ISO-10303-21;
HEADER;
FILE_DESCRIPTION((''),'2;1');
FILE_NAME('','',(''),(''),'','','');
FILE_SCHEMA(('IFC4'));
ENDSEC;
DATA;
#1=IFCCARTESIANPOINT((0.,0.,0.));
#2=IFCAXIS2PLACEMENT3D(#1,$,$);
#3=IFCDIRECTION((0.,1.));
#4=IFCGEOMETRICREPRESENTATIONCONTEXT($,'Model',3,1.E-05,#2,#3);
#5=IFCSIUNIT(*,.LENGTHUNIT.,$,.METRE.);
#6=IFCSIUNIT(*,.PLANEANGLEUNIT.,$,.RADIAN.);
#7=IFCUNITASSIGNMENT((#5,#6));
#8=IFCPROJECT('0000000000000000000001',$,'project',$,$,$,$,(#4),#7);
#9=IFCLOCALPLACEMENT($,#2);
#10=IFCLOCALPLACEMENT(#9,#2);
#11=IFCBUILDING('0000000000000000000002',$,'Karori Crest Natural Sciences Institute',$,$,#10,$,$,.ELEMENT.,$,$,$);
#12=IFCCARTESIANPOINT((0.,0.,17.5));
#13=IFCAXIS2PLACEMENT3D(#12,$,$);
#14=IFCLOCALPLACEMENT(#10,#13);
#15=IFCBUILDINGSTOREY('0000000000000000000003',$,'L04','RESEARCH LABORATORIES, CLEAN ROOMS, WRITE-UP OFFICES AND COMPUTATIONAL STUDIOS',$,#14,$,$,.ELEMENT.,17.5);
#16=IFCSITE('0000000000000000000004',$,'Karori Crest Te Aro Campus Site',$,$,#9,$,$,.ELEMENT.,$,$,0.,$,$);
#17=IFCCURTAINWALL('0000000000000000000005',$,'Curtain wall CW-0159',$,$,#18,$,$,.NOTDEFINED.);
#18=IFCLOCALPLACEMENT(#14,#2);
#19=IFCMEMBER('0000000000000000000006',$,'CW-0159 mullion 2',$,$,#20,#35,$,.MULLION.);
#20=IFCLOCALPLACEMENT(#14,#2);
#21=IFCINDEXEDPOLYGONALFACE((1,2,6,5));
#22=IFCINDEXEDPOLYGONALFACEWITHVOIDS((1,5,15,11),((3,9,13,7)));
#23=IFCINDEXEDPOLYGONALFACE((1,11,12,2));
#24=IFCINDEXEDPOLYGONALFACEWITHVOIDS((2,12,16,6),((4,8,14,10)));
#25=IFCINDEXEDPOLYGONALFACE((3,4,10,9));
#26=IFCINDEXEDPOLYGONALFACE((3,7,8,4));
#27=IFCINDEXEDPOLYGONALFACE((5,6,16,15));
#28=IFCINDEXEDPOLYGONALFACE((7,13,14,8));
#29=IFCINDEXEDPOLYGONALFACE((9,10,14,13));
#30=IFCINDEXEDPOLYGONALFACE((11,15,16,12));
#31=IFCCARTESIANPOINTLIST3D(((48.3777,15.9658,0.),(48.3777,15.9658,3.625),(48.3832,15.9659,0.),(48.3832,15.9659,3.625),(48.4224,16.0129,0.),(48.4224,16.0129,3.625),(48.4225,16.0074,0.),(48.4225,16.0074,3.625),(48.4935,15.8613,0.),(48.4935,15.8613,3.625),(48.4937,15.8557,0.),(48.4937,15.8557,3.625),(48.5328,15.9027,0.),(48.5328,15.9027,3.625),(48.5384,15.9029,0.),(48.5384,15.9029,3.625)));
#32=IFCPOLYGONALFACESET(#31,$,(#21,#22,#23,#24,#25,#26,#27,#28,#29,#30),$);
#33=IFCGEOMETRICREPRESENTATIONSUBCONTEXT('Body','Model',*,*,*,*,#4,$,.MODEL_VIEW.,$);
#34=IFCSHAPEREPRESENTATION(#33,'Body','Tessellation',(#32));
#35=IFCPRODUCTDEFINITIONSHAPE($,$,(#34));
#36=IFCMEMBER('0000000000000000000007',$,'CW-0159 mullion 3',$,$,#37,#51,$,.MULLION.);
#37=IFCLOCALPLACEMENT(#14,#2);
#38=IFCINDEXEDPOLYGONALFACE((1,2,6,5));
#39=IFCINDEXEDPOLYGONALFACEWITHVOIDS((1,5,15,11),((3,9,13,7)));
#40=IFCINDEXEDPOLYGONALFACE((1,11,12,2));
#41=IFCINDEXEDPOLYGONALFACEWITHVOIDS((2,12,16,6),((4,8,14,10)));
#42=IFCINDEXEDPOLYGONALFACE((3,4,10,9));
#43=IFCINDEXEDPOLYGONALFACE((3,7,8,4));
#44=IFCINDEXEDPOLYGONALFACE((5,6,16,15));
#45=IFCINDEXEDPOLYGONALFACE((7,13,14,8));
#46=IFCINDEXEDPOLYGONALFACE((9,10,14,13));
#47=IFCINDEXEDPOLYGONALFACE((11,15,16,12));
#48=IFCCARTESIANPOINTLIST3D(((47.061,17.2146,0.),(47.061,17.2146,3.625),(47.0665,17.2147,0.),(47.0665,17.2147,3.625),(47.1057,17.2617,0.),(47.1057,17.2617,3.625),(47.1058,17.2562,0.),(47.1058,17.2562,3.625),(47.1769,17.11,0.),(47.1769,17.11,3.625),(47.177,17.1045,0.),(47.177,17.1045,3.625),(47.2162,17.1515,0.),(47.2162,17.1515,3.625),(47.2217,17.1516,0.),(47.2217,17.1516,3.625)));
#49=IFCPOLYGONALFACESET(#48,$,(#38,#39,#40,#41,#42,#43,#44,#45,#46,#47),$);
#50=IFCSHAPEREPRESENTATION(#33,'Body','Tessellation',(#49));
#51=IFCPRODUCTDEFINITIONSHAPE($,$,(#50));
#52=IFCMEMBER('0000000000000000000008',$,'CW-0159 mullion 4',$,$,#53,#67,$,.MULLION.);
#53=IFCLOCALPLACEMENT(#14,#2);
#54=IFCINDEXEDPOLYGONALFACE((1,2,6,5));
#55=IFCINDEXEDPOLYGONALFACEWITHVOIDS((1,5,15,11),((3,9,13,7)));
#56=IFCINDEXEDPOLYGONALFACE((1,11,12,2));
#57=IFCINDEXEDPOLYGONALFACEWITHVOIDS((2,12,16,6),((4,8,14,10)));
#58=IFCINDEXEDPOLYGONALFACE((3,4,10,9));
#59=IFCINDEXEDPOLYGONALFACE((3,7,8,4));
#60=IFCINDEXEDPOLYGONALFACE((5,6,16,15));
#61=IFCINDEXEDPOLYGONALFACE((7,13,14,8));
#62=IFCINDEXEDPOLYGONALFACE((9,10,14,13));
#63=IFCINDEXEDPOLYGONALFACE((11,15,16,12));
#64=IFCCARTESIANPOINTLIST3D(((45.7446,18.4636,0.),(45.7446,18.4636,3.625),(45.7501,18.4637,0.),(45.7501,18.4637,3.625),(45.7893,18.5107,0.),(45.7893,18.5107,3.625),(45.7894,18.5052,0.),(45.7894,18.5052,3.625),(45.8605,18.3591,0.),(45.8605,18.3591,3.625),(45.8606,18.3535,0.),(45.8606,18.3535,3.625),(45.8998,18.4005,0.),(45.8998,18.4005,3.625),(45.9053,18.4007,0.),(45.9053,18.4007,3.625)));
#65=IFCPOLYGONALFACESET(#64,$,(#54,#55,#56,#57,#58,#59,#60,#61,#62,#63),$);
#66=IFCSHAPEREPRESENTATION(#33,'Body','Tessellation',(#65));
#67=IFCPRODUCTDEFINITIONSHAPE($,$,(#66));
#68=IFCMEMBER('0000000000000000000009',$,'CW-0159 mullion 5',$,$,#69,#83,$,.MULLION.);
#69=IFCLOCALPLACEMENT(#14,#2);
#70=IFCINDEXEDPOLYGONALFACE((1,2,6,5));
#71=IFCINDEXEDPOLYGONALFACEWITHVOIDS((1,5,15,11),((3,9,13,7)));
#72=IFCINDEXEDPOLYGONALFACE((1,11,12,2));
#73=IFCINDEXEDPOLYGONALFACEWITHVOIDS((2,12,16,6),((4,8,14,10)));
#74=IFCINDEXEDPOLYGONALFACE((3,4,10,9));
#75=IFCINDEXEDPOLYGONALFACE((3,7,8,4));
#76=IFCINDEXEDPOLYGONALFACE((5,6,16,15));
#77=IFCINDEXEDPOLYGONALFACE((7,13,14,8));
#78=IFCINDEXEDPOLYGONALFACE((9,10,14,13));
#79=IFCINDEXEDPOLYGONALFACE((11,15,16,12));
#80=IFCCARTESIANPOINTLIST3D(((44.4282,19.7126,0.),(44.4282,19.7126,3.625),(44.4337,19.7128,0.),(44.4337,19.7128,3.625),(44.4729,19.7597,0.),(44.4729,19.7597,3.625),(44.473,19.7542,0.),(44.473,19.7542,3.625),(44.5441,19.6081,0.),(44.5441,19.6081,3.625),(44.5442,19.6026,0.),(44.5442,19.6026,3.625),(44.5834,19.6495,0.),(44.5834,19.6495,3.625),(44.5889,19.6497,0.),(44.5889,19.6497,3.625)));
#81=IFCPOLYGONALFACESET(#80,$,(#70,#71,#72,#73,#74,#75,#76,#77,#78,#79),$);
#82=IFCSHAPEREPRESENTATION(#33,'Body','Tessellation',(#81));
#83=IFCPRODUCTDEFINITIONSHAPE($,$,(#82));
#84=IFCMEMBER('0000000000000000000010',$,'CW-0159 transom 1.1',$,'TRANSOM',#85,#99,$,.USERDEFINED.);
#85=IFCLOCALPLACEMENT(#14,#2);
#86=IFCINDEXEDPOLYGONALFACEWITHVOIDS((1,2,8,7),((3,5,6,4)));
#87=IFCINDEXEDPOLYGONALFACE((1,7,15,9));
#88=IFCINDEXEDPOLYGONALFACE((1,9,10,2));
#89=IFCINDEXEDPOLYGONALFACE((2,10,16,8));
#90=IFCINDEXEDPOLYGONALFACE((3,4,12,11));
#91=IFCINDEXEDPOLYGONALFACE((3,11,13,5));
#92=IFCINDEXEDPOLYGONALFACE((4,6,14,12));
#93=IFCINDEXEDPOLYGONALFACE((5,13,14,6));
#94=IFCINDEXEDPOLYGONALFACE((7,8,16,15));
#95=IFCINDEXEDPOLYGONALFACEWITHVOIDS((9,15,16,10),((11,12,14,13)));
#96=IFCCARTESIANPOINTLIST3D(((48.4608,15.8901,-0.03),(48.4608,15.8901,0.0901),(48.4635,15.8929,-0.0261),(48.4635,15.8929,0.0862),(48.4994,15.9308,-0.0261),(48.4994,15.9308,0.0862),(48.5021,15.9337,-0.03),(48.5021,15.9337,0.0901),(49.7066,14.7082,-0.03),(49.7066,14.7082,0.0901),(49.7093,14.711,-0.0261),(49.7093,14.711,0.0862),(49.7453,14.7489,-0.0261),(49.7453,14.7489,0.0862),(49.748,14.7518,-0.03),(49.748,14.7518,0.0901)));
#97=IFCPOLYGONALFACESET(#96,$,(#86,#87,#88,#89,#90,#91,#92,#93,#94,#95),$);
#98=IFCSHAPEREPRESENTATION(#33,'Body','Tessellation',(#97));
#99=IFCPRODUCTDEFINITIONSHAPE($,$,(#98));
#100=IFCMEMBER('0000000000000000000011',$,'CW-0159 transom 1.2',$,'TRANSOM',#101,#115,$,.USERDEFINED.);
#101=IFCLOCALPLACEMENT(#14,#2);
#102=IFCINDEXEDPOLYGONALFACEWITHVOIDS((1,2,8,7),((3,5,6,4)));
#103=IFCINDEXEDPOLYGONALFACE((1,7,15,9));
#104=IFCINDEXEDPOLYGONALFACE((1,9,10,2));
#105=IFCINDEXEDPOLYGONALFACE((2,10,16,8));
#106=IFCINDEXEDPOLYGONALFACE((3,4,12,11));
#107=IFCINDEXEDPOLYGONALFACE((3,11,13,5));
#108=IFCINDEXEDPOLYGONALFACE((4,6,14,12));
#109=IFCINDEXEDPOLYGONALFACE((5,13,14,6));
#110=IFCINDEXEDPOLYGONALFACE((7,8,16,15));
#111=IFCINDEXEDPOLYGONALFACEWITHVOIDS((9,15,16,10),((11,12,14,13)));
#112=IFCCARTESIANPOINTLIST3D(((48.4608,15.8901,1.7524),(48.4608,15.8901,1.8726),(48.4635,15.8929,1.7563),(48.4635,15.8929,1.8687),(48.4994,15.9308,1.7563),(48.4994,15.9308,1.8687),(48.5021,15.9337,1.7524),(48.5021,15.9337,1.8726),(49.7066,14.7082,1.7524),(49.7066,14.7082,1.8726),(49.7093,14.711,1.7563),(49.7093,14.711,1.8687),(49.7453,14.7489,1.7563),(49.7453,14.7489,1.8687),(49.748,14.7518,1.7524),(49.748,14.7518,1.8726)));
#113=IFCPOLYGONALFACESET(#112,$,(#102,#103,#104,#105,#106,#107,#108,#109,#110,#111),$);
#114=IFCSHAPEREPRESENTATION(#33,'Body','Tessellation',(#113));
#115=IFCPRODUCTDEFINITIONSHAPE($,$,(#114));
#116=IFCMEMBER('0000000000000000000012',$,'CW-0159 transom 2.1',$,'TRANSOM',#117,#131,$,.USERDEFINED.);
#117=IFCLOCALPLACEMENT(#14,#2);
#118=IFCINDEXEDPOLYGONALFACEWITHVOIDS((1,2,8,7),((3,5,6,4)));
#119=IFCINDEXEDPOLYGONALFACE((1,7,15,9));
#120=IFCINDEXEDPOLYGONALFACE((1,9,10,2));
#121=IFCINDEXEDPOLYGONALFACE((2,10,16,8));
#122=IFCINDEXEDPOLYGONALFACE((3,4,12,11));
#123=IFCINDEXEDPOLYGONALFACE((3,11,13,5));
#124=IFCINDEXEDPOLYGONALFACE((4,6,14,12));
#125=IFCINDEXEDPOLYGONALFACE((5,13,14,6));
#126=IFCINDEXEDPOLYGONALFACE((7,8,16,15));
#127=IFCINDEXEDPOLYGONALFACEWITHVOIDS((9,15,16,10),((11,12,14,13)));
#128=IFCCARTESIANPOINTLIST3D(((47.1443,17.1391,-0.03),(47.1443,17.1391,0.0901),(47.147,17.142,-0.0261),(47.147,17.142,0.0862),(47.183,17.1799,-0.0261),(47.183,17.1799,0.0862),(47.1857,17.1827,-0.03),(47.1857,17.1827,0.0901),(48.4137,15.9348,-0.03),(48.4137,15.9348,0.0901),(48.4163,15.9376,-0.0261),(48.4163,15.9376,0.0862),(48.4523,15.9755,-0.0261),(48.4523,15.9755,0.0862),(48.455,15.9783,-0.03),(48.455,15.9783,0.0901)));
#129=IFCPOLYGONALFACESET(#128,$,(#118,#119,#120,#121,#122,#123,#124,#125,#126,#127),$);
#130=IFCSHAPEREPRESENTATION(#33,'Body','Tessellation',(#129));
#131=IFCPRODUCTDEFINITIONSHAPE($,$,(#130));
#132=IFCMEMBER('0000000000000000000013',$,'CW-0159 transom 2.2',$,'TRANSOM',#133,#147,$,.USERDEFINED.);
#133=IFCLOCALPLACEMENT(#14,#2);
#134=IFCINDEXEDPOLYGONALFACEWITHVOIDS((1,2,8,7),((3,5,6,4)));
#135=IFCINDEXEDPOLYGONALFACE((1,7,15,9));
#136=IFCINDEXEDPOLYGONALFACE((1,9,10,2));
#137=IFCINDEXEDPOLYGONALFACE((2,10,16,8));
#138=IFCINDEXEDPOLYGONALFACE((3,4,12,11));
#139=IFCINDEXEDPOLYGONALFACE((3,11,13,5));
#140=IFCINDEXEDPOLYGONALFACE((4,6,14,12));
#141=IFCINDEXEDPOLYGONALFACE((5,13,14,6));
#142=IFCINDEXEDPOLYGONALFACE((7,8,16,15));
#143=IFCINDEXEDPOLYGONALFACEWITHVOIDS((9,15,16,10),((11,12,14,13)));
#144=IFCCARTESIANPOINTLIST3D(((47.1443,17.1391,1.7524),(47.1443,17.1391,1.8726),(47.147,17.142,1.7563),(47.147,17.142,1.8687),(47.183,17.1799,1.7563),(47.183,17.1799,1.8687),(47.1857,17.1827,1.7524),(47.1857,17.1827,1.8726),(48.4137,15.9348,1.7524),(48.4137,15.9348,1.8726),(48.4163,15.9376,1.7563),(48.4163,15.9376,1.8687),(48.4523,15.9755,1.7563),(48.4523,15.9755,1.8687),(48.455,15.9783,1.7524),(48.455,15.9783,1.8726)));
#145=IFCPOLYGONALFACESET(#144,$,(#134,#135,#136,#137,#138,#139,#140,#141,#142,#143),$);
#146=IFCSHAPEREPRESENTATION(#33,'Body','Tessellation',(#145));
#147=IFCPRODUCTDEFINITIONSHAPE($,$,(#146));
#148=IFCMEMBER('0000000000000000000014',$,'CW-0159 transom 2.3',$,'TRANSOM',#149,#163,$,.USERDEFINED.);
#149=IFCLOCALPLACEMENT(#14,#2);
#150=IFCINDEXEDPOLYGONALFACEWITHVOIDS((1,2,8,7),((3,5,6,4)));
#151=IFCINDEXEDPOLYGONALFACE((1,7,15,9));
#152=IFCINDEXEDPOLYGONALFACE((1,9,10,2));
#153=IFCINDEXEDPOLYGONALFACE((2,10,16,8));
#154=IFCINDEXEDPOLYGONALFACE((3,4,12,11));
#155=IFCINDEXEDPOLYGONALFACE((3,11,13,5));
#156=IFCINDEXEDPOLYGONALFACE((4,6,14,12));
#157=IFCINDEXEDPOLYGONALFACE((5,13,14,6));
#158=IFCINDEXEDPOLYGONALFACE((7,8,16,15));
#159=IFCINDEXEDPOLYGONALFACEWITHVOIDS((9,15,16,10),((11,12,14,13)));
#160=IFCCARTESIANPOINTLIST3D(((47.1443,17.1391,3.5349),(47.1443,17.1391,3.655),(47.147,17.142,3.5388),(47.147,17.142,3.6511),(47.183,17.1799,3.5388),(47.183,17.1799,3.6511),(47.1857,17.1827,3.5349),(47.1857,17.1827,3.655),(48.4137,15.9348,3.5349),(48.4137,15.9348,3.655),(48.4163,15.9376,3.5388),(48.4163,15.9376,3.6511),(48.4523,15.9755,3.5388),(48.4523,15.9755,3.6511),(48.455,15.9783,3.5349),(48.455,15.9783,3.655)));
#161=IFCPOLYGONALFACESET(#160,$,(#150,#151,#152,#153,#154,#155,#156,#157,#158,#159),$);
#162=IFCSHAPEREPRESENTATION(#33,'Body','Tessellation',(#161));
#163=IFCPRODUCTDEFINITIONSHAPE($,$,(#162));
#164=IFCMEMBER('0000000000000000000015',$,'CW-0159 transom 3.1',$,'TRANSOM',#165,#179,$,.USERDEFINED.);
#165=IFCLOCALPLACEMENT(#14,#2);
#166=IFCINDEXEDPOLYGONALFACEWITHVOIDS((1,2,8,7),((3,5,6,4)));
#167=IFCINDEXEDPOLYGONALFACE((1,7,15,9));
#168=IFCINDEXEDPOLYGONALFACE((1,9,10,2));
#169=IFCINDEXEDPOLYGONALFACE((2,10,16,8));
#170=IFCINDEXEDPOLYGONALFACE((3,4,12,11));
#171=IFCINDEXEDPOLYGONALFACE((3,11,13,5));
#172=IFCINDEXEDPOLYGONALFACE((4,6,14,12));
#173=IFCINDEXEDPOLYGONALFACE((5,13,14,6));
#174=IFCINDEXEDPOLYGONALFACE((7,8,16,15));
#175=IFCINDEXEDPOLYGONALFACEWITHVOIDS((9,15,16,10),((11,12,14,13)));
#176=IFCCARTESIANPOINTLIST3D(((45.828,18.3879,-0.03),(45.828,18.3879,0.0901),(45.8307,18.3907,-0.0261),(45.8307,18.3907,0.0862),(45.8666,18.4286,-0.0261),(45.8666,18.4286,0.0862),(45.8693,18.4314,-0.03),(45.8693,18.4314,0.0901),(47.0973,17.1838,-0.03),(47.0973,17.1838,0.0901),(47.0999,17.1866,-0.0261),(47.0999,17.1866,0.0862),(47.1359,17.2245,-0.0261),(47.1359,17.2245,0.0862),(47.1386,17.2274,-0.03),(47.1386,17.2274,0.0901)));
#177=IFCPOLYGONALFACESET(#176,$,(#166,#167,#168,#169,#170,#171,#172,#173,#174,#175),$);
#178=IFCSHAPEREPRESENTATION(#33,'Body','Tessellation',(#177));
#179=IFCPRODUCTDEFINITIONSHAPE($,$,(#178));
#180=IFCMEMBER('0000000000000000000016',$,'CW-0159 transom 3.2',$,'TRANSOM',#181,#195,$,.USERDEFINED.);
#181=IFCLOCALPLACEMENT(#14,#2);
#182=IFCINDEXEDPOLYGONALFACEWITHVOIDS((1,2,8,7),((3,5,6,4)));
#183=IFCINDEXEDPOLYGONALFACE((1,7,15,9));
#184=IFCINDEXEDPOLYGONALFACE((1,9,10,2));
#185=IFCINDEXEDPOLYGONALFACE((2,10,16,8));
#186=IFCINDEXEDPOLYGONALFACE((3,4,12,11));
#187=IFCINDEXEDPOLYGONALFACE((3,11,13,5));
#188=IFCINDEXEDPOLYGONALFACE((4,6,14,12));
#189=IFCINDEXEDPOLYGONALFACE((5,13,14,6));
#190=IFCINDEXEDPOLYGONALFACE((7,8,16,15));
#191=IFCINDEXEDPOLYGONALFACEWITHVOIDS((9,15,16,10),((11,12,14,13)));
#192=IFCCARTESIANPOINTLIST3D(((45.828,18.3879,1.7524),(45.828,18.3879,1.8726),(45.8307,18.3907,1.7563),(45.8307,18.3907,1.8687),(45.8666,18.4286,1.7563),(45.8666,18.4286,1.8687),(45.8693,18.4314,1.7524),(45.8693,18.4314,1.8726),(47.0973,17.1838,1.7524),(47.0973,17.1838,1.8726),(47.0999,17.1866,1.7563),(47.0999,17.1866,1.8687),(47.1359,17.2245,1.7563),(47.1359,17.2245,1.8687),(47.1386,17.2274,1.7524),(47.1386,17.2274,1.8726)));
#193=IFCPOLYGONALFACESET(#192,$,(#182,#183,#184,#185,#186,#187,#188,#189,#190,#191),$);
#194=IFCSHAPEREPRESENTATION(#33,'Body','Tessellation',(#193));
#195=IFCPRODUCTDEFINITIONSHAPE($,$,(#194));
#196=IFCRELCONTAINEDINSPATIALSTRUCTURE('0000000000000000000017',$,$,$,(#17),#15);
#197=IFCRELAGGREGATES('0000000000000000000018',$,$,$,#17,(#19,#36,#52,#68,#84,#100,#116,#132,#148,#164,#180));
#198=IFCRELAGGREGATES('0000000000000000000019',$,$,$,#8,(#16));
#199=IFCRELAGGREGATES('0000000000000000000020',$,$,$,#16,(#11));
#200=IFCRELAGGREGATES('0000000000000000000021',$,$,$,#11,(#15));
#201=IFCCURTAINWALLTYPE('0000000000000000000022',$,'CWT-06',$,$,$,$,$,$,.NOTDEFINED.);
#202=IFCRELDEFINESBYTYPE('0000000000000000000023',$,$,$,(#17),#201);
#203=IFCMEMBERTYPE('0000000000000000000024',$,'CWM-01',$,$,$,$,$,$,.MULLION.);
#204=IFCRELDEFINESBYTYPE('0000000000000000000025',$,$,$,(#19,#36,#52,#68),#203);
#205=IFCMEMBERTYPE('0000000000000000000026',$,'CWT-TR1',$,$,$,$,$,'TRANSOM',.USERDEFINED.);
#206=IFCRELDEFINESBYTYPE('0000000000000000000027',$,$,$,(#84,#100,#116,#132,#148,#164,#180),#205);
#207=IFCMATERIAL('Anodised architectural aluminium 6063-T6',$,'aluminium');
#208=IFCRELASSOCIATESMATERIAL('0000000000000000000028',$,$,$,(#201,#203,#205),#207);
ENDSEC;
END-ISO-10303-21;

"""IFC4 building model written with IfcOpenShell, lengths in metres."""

from ifc_helpers import new_model, si_unit, direction, frame, origin, origin_2d, place, context, subcontext, project, spatial, hollow_rectangle, extrude, material, material_profile, profile_set, type_object, element, aggregate, save


model = new_model("IFC4")

# Units and contexts
model_context = context("Model", 3, precision=1e-05, world=origin(), true_north=direction((0.0, 1.0)))
body_context = subcontext(model_context, "Body", "Model", "MODEL_VIEW")
ifc_project = project(units=[si_unit("LENGTHUNIT", "METRE"), si_unit("PLANEANGLEUNIT", "RADIAN")], contexts=[model_context])

# Site, building, storey
site_placement = place(None, origin())
site = spatial("IfcSite", under=ifc_project, at=site_placement, Name="Karori Crest Te Aro Campus Site", CompositionType="ELEMENT", RefElevation=0.0)
building_placement = place(site_placement, origin())
building = spatial("IfcBuilding", under=site, at=building_placement, Name="Karori Crest Natural Sciences Institute", CompositionType="ELEMENT")
storey_placement = place(building_placement, frame((0.0, 0.0, 17.5)))
storey = spatial("IfcBuildingStorey", under=building, at=storey_placement, Name="L04", Description="RESEARCH LABORATORIES, CLEAN ROOMS, WRITE-UP OFFICES AND COMPUTATIONAL STUDIOS", CompositionType="ELEMENT", Elevation=17.5)

# Curtain wall, members
ifc_material_1 = material(Name="Anodised architectural aluminium 6063-T6", Category="aluminium")
curtain_wall_type = type_object("IfcCurtainWallType", Name="CWT-06", PredefinedType="NOTDEFINED", material=ifc_material_1)
curtain_wall_placement = place(storey_placement, origin())
curtain_wall = element("IfcCurtainWall", 1, at=curtain_wall_placement, inside=storey, type_object=curtain_wall_type, Name="Curtain wall CW-0159", PredefinedType="NOTDEFINED")
ifc_material_profile_1 = material_profile(ifc_material_1, hollow_rectangle(XDim=0.0649, YDim=0.1599, WallThickness=0.0039, at=origin_2d()), Name="CWM160x65x4")
ifc_profile_set_1 = profile_set([ifc_material_profile_1], Name="Anodised architectural aluminium 6063-T6")
member_type_1 = type_object("IfcMemberType", Name="CWM-01", PredefinedType="MULLION", material=ifc_profile_set_1)
member_1_placement = place(storey_placement, frame((48.458, 15.9343, 0.0), z_axis=(0.0, 0.0, 1.0), x_axis=(-0.688252, -0.725471, 0.0)))
member_1 = element("IfcMember", 2, at=member_1_placement, type_object=member_type_1, Name="CW-0159 mullion 2", PredefinedType="MULLION", context=body_context, shape_type="SweptSolid", body=[
    extrude(hollow_rectangle(XDim=0.0649, YDim=0.1599, WallThickness=0.0039, at=origin_2d()), origin(), (0.0, 0.0, 1.0), 3.625),
])
member_2_placement = place(storey_placement, frame((47.1414, 17.1831, 0.0), z_axis=(0.0, 0.0, 1.0), x_axis=(-0.688252, -0.725471, 0.0)))
member_2 = element("IfcMember", 3, at=member_2_placement, type_object=member_type_1, Name="CW-0159 mullion 3", PredefinedType="MULLION", context=body_context, shape_type="SweptSolid", body=[
    extrude(hollow_rectangle(XDim=0.0649, YDim=0.1599, WallThickness=0.0039, at=origin_2d()), origin(), (0.0, 0.0, 1.0), 3.625),
])
member_3_placement = place(storey_placement, frame((45.825, 18.4321, 0.0), z_axis=(0.0, 0.0, 1.0), x_axis=(-0.688252, -0.725471, 0.0)))
member_3 = element("IfcMember", 4, at=member_3_placement, type_object=member_type_1, Name="CW-0159 mullion 4", PredefinedType="MULLION", context=body_context, shape_type="SweptSolid", body=[
    extrude(hollow_rectangle(XDim=0.0649, YDim=0.1599, WallThickness=0.0039, at=origin_2d()), origin(), (0.0, 0.0, 1.0), 3.625),
])
member_4_placement = place(storey_placement, frame((44.5085, 19.6812, 0.0), z_axis=(0.0, 0.0, 1.0), x_axis=(-0.688252, -0.725471, 0.0)))
member_4 = element("IfcMember", 5, at=member_4_placement, type_object=member_type_1, Name="CW-0159 mullion 5", PredefinedType="MULLION", context=body_context, shape_type="SweptSolid", body=[
    extrude(hollow_rectangle(XDim=0.0649, YDim=0.1599, WallThickness=0.0039, at=origin_2d()), origin(), (0.0, 0.0, 1.0), 3.625),
])
ifc_material_profile_2 = material_profile(ifc_material_1, hollow_rectangle(XDim=0.0601, YDim=0.1201, WallThickness=0.0039, at=origin_2d()), Name="CWT120x60x4")
ifc_profile_set_2 = profile_set([ifc_material_profile_2], Name="Anodised architectural aluminium 6063-T6")
member_type_2 = type_object("IfcMemberType", Name="CWT-TR1", ElementType="TRANSOM", PredefinedType="USERDEFINED", material=ifc_profile_set_2)
member_5_placement = place(storey_placement, frame((49.7273, 14.73, 0.03), z_axis=(-0.725486, 0.688237, 0.0), x_axis=(-0.688237, -0.725486, 0.0)))
member_5 = element("IfcMember", 6, at=member_5_placement, type_object=member_type_2, Name="CW-0159 transom 1.1", ObjectType="TRANSOM", PredefinedType="USERDEFINED", context=body_context, shape_type="SweptSolid", body=[
    extrude(hollow_rectangle(XDim=0.0601, YDim=0.1201, WallThickness=0.0039, at=origin_2d()), origin(), (0.0, 0.0, 1.0), 1.7173),
])
member_6_placement = place(storey_placement, frame((49.7273, 14.73, 1.8125), z_axis=(-0.725486, 0.688237, 0.0), x_axis=(-0.688237, -0.725486, 0.0)))
member_6 = element("IfcMember", 7, at=member_6_placement, type_object=member_type_2, Name="CW-0159 transom 1.2", ObjectType="TRANSOM", PredefinedType="USERDEFINED", context=body_context, shape_type="SweptSolid", body=[
    extrude(hollow_rectangle(XDim=0.0601, YDim=0.1201, WallThickness=0.0039, at=origin_2d()), origin(), (0.0, 0.0, 1.0), 1.7173),
])
member_7_placement = place(storey_placement, frame((48.4343, 15.9565, 0.03), z_axis=(-0.725421, 0.688306, 0.0), x_axis=(-0.688306, -0.725421, 0.0)))
member_7 = element("IfcMember", 8, at=member_7_placement, type_object=member_type_2, Name="CW-0159 transom 2.1", ObjectType="TRANSOM", PredefinedType="USERDEFINED", context=body_context, shape_type="SweptSolid", body=[
    extrude(hollow_rectangle(XDim=0.0601, YDim=0.1201, WallThickness=0.0039, at=origin_2d()), origin(), (0.0, 0.0, 1.0), 1.7498),
])
member_8_placement = place(storey_placement, frame((48.4343, 15.9565, 1.8125), z_axis=(-0.725421, 0.688306, 0.0), x_axis=(-0.688306, -0.725421, 0.0)))
member_8 = element("IfcMember", 9, at=member_8_placement, type_object=member_type_2, Name="CW-0159 transom 2.2", ObjectType="TRANSOM", PredefinedType="USERDEFINED", context=body_context, shape_type="SweptSolid", body=[
    extrude(hollow_rectangle(XDim=0.0601, YDim=0.1201, WallThickness=0.0039, at=origin_2d()), origin(), (0.0, 0.0, 1.0), 1.7498),
])
member_9_placement = place(storey_placement, frame((48.4343, 15.9565, 3.595), z_axis=(-0.725421, 0.688306, 0.0), x_axis=(-0.688306, -0.725421, 0.0)))
member_9 = element("IfcMember", 10, at=member_9_placement, type_object=member_type_2, Name="CW-0159 transom 2.3", ObjectType="TRANSOM", PredefinedType="USERDEFINED", context=body_context, shape_type="SweptSolid", body=[
    extrude(hollow_rectangle(XDim=0.0601, YDim=0.1201, WallThickness=0.0039, at=origin_2d()), origin(), (0.0, 0.0, 1.0), 1.7498),
])
member_10_placement = place(storey_placement, frame((47.1179, 17.2056, 0.03), z_axis=(-0.72549, 0.688232, 0.0), x_axis=(-0.688232, -0.72549, 0.0)))
member_10 = element("IfcMember", 11, at=member_10_placement, type_object=member_type_2, Name="CW-0159 transom 3.1", ObjectType="TRANSOM", PredefinedType="USERDEFINED", context=body_context, shape_type="SweptSolid", body=[
    extrude(hollow_rectangle(XDim=0.0601, YDim=0.1201, WallThickness=0.0039, at=origin_2d()), origin(), (0.0, 0.0, 1.0), 1.7495),
])
member_11_placement = place(storey_placement, frame((47.1179, 17.2056, 1.8125), z_axis=(-0.72549, 0.688232, 0.0), x_axis=(-0.688232, -0.72549, 0.0)))
member_11 = element("IfcMember", 12, at=member_11_placement, type_object=member_type_2, Name="CW-0159 transom 3.2", ObjectType="TRANSOM", PredefinedType="USERDEFINED", context=body_context, shape_type="SweptSolid", body=[
    extrude(hollow_rectangle(XDim=0.0601, YDim=0.1201, WallThickness=0.0039, at=origin_2d()), origin(), (0.0, 0.0, 1.0), 1.7495),
])
aggregate(curtain_wall, [member_1, member_2, member_3, member_4, member_5, member_6, member_7, member_8, member_9, member_10, member_11])

save(model, "model.ifc")
